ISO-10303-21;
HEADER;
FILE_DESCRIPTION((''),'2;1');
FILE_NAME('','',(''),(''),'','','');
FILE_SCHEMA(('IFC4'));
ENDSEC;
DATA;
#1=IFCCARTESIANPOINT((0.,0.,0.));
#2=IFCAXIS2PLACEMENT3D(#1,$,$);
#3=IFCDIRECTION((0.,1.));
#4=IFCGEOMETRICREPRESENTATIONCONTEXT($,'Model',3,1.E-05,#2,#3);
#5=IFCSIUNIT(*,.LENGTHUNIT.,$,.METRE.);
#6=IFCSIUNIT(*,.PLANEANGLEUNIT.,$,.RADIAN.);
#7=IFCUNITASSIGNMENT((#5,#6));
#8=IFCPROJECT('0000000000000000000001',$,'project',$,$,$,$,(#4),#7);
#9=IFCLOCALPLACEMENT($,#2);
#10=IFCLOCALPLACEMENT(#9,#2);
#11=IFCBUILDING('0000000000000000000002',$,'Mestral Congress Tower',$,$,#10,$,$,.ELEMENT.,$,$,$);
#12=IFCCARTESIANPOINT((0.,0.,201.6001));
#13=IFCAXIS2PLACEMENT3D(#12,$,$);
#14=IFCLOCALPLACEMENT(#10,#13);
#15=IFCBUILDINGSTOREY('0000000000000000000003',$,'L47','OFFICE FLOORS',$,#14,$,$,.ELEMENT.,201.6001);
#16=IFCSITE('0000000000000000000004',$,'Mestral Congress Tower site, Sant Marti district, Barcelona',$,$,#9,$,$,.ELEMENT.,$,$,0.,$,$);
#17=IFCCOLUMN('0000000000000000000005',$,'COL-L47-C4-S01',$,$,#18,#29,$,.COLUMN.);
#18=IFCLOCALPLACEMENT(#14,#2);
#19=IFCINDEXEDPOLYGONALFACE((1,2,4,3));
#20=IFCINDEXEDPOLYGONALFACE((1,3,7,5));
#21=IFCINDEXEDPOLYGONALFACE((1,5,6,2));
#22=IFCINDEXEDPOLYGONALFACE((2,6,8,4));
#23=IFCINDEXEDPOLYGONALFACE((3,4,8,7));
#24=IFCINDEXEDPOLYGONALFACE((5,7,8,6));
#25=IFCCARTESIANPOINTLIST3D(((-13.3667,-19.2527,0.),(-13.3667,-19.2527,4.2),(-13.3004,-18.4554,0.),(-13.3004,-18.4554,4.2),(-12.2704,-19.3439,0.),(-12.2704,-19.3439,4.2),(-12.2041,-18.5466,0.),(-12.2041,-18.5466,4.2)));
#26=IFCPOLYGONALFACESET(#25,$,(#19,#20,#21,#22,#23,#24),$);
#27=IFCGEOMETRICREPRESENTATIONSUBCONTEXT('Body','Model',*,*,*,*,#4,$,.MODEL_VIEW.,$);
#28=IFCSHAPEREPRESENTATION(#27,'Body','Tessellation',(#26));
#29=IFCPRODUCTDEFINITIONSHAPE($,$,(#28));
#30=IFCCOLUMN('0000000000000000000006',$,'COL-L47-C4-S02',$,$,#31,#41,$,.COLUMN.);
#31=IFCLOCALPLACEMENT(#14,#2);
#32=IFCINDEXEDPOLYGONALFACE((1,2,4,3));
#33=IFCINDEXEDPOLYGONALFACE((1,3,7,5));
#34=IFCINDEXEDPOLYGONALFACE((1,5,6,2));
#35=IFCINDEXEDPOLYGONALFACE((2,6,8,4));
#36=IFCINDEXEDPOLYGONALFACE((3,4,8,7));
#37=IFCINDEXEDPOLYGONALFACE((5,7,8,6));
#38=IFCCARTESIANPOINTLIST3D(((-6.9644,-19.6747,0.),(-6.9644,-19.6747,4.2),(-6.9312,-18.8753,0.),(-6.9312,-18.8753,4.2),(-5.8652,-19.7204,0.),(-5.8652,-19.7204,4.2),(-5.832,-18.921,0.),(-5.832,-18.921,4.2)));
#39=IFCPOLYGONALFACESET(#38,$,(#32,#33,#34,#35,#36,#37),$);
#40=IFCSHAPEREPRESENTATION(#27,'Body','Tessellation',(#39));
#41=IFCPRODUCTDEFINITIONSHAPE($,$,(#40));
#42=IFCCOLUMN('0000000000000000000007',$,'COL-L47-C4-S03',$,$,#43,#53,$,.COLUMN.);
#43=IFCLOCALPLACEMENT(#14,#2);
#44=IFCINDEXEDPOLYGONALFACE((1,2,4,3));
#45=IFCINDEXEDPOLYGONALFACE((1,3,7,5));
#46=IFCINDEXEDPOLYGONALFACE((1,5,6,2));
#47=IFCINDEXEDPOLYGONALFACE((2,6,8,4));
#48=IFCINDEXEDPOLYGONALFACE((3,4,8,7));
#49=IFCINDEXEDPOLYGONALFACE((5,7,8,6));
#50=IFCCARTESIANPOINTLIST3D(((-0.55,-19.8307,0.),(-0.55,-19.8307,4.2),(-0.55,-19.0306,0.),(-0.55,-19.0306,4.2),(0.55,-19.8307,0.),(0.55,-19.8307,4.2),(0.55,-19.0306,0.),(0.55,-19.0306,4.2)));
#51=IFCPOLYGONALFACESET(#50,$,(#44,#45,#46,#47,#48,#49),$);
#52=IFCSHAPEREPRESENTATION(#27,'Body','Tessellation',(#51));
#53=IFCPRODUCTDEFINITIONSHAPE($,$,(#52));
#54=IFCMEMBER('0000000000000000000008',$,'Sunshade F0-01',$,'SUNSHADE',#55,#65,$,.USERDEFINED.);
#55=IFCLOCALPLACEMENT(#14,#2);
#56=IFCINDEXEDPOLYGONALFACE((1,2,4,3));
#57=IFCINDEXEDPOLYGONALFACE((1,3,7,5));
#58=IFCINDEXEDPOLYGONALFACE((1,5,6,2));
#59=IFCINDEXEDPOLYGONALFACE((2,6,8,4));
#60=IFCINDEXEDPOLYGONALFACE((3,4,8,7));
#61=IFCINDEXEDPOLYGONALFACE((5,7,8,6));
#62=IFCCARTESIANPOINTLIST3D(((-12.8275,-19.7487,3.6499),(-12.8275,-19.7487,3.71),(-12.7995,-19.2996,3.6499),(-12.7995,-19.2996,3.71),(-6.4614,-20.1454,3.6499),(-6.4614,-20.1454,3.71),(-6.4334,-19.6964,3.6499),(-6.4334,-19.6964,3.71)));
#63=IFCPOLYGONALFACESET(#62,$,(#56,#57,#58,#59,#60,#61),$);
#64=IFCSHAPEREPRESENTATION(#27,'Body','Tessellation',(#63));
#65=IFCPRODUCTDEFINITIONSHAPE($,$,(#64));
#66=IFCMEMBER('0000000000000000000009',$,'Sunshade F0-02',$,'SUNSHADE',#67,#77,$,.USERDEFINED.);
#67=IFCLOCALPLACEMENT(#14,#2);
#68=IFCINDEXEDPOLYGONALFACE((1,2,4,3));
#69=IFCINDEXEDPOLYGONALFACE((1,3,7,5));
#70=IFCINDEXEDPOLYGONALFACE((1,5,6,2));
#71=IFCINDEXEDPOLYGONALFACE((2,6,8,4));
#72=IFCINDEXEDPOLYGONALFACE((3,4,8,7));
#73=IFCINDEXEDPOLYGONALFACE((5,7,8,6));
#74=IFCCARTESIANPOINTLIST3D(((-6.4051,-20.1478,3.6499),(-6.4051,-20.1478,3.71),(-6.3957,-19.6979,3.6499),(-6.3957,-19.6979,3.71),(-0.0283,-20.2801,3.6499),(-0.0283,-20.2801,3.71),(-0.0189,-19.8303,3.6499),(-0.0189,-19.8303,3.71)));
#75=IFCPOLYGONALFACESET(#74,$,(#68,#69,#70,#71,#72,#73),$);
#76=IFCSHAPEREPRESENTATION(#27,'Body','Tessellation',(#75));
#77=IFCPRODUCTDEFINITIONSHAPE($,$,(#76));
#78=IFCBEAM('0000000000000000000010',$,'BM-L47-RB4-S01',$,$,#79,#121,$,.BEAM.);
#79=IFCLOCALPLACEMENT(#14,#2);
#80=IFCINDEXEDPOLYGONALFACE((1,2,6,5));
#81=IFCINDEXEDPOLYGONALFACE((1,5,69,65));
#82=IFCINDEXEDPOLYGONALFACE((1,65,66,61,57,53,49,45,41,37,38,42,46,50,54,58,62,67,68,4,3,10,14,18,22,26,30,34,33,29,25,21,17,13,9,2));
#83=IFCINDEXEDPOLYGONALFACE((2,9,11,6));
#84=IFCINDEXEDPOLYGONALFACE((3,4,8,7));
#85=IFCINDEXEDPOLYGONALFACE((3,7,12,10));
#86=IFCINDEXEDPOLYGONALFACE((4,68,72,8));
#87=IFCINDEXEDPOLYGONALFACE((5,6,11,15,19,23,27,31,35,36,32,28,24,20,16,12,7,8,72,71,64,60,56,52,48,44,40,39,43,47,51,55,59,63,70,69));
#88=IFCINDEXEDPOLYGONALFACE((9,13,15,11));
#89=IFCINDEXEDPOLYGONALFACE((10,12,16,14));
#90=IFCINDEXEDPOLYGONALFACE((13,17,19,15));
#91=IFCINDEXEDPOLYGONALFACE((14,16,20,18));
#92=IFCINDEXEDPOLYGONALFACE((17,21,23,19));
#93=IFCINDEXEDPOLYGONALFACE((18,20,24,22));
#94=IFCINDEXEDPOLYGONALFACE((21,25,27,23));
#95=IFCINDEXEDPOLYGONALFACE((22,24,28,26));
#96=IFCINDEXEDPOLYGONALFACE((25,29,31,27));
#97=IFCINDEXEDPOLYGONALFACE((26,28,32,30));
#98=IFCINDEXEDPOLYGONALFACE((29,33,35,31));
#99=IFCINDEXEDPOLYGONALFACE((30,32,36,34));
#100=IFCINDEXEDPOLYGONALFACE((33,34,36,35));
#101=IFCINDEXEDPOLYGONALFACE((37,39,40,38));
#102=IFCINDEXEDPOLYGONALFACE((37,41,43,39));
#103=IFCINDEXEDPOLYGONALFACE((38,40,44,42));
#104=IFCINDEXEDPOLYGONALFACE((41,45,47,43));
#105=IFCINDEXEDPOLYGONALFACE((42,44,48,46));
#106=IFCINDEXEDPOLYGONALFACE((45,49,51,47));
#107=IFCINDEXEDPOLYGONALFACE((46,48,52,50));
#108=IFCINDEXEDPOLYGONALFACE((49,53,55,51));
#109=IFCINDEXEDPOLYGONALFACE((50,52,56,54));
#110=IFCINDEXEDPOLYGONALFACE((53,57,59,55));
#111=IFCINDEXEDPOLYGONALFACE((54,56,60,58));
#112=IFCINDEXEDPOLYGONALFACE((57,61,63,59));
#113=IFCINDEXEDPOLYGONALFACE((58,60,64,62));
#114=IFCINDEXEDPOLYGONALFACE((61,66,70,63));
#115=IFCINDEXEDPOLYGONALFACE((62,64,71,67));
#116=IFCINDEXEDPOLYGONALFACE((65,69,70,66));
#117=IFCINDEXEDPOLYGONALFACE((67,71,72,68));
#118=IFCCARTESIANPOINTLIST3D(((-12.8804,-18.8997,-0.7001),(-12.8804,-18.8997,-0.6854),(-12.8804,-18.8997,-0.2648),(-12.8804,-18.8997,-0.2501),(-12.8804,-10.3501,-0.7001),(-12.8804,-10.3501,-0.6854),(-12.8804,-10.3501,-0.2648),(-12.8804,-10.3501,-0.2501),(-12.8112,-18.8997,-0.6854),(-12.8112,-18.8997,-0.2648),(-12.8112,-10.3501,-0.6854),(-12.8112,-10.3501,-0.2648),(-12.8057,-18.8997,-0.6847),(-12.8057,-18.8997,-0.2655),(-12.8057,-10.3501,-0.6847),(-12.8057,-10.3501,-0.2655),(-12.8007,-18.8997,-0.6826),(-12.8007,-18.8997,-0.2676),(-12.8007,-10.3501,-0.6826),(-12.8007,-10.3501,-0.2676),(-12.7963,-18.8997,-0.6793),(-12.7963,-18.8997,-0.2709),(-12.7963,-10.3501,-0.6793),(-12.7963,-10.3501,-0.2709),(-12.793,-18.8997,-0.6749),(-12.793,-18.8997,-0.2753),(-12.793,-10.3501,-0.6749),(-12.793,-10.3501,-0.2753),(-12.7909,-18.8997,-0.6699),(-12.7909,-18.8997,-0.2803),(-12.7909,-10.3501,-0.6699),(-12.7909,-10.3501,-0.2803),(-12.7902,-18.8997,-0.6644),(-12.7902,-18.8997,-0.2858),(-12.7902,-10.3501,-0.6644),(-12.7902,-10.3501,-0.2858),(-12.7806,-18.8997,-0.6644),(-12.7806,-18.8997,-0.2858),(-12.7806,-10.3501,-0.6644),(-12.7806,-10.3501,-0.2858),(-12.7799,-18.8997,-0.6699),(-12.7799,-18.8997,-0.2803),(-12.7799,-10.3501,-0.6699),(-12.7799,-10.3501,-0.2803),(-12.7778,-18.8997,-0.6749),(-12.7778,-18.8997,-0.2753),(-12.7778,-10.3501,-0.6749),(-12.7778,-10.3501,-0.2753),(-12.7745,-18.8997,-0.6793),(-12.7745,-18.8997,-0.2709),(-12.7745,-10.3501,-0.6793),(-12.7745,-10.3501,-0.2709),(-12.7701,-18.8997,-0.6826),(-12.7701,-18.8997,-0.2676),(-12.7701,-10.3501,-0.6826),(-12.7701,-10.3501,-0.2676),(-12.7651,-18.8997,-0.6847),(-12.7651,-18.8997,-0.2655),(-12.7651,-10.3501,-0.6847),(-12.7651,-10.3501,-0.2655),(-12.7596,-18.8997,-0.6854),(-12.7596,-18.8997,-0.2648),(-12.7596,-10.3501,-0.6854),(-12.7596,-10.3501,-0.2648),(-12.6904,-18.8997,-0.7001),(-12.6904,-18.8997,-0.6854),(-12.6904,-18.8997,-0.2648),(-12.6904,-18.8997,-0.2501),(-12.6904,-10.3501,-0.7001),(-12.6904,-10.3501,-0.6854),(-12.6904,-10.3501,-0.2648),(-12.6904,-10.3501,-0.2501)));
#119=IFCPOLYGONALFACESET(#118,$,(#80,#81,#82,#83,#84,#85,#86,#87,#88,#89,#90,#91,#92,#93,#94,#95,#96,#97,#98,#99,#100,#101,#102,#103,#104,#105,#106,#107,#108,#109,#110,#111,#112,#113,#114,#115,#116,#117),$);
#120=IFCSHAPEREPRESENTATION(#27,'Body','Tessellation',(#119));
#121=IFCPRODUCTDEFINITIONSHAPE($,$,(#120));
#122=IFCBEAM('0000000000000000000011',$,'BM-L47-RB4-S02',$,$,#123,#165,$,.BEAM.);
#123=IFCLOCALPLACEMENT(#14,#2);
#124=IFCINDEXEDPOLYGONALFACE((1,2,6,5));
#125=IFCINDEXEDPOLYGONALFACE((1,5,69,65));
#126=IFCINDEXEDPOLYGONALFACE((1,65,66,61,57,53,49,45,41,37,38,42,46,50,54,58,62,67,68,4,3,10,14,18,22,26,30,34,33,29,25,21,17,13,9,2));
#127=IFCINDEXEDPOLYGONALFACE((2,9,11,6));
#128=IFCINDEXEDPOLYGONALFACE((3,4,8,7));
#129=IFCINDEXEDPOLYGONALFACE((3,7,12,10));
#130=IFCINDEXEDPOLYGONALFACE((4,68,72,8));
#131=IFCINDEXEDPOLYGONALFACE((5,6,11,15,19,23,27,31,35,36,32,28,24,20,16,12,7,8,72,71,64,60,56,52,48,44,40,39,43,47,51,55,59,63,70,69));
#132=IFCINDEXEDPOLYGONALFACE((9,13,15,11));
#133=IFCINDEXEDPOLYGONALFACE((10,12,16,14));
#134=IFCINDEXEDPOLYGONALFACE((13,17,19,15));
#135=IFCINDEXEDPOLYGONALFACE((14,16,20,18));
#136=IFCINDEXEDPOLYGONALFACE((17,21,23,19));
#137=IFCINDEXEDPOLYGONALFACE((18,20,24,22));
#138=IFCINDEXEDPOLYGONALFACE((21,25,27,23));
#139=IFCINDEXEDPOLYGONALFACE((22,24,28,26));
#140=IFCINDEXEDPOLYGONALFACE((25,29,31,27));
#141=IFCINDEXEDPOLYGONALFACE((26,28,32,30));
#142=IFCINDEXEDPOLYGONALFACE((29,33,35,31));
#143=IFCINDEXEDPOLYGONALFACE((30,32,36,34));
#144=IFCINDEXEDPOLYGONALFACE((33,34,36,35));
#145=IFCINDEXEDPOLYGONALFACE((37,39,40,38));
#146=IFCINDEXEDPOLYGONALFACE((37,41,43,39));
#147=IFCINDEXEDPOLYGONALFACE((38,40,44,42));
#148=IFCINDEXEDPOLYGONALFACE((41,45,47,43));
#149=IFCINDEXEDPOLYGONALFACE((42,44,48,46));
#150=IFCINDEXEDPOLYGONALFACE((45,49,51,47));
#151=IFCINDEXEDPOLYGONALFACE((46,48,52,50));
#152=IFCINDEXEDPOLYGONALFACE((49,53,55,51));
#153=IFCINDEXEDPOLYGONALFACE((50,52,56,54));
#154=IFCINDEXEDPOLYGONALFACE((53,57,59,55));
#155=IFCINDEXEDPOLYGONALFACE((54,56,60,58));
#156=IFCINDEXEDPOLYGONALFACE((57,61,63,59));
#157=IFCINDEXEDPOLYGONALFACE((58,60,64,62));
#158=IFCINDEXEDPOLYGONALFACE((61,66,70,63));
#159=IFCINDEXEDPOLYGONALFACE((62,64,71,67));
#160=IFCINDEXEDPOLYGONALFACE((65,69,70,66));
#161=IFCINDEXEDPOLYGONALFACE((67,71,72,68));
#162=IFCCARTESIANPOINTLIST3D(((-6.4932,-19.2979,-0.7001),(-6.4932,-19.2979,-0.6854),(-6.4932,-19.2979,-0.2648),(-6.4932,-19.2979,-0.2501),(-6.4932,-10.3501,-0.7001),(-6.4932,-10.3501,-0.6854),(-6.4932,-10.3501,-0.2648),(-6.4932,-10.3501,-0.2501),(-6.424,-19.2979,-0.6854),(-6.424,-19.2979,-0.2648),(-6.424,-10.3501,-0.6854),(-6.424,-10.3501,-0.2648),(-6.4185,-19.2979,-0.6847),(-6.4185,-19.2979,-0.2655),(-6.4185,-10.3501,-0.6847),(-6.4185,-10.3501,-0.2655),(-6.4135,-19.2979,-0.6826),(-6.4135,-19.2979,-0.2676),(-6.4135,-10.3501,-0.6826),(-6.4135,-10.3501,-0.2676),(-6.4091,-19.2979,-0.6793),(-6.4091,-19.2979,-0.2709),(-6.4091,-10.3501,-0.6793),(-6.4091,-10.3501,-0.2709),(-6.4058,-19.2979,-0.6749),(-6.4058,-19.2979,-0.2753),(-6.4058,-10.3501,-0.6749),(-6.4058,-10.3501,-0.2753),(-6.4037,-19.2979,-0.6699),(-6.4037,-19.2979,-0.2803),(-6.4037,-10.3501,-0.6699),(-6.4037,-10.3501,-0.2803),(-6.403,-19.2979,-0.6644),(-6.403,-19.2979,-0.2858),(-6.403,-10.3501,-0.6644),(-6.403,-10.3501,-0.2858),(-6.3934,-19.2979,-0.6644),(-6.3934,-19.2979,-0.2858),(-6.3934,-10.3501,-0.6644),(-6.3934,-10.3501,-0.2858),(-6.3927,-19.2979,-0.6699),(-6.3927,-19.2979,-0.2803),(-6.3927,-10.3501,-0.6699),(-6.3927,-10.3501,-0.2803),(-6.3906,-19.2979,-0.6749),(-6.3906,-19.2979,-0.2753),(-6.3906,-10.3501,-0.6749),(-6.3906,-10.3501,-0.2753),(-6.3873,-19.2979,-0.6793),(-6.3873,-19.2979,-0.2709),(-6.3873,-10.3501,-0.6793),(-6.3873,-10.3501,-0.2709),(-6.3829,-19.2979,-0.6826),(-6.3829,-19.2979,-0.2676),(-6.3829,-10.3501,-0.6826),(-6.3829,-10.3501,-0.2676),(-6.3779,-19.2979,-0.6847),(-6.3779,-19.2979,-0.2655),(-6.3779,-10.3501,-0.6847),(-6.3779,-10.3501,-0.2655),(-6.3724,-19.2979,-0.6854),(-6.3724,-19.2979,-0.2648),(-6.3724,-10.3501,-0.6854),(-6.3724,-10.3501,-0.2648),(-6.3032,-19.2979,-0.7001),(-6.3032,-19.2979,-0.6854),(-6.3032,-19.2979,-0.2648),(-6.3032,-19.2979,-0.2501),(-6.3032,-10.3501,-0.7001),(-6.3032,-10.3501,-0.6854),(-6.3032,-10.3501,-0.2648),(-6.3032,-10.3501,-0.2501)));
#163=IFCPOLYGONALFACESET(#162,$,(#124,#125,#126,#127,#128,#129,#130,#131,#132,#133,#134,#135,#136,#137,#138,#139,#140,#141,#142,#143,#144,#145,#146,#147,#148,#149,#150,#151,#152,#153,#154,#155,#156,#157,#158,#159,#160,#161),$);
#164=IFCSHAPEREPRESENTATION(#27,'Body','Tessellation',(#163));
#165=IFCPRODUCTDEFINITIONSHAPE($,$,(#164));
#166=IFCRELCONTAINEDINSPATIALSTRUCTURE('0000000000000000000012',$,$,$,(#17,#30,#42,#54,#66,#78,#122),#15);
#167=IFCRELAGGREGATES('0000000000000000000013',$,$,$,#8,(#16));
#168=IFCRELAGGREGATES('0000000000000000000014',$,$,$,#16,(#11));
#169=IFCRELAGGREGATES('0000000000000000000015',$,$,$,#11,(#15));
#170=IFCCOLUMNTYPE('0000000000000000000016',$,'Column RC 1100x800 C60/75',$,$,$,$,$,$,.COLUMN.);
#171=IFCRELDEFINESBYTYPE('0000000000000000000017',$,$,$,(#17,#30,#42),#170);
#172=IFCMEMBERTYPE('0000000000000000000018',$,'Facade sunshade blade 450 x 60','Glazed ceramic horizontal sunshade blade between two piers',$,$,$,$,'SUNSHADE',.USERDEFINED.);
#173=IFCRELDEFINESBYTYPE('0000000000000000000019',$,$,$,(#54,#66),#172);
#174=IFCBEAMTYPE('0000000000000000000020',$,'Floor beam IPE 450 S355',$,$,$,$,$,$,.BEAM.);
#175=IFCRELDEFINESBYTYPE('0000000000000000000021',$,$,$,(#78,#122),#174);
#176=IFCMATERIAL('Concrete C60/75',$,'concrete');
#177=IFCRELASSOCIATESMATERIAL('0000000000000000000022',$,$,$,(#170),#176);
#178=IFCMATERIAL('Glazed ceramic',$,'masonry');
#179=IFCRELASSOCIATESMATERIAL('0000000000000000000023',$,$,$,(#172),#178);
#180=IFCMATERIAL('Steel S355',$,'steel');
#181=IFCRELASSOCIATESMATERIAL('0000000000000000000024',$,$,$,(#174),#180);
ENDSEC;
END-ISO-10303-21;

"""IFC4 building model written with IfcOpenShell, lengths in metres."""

from ifc_helpers import new_model, si_unit, direction, frame, origin, origin_2d, place, context, subcontext, project, spatial, rectangle, i_section, extrude, material, material_profile, profile_set, type_object, element, save


model = new_model("IFC4")

# Units and contexts
model_context = context("Model", 3, precision=1e-05, world=origin(), true_north=direction((0.0, 1.0)))
body_context = subcontext(model_context, "Body", "Model", "MODEL_VIEW")
ifc_project = project(units=[si_unit("LENGTHUNIT", "METRE"), si_unit("PLANEANGLEUNIT", "RADIAN")], contexts=[model_context])

# Site, building, storey
site_placement = place(None, origin())
site = spatial("IfcSite", under=ifc_project, at=site_placement, Name="Mestral Congress Tower site, Sant Marti district, Barcelona", CompositionType="ELEMENT", RefElevation=0.0)
building_placement = place(site_placement, origin())
building = spatial("IfcBuilding", under=site, at=building_placement, Name="Mestral Congress Tower", CompositionType="ELEMENT")
storey_placement = place(building_placement, frame((0.0, 0.0, 201.6001)))
storey = spatial("IfcBuildingStorey", under=building, at=storey_placement, Name="L47", Description="OFFICE FLOORS", CompositionType="ELEMENT", Elevation=201.6001)

# Columns
ifc_material_1 = material(Name="Concrete C60/75", Category="concrete")
ifc_material_profile_1 = material_profile(ifc_material_1, rectangle(XDim=1.1001, YDim=0.8, at=origin_2d()), Name="RC 1100x800")
ifc_profile_set_1 = profile_set([ifc_material_profile_1], Name="Concrete C60/75")
column_type = type_object("IfcColumnType", Name="Column RC 1100x800 C60/75", PredefinedType="COLUMN", material=ifc_profile_set_1)
for number, where, z_axis, x_axis, name in (
    (1, (-12.7854, -18.8997, 0.0), (0.0, 0.0, 1.0), (0.996557, -0.082914, 0.0), "COL-L47-C4-S01"),
    (2, (-6.3982, -19.2979, 0.0), (0.0, 0.0, 1.0), (0.999139, -0.041492, 0.0), "COL-L47-C4-S02"),
    (3, (0.0, -19.4307, 0.0), (0.0, 0.0, 1.0), (1.0, 0.0, 0.0), "COL-L47-C4-S03"),
):
    element("IfcColumn", number, at=place(storey_placement, frame(where, z_axis=z_axis, x_axis=x_axis)), inside=storey, type_object=column_type, Name=name, PredefinedType="COLUMN", context=body_context, shape_type="SweptSolid", body=[
        extrude(rectangle(XDim=1.1001, YDim=0.8, at=origin_2d()), origin(), (0.0, 0.0, 1.0), 4.2),
    ])

# Members
ifc_material_2 = material(Name="Glazed ceramic", Category="masonry")
ifc_material_profile_2 = material_profile(ifc_material_2, rectangle(XDim=0.45, YDim=0.0601, at=origin_2d()), Name="Ceramic blade 450 x 60")
ifc_profile_set_2 = profile_set([ifc_material_profile_2], Name="Glazed ceramic")
member_type = type_object("IfcMemberType", Name="Facade sunshade blade 450 x 60", Description="Glazed ceramic horizontal sunshade blade between two piers", ElementType="SUNSHADE", PredefinedType="USERDEFINED", material=ifc_profile_set_2)
member_1_placement = place(storey_placement, frame((-12.8135, -19.5242, 3.6799), z_axis=(0.998064, -0.0622, 0.0), x_axis=(0.0622, 0.998064, 0.0)))
element("IfcMember", 4, at=member_1_placement, inside=storey, type_object=member_type, Name="Sunshade F0-01", ObjectType="SUNSHADE", PredefinedType="USERDEFINED", context=body_context, shape_type="SweptSolid", body=[
    extrude(rectangle(XDim=0.45, YDim=0.0601, at=origin_2d()), origin(), (0.0, 0.0, 1.0), 6.3784),
])
member_2_placement = place(storey_placement, frame((-6.4004, -19.9229, 3.6799), z_axis=(0.999785, -0.020747, 0.0), x_axis=(0.020747, 0.999785, 0.0)))
element("IfcMember", 5, at=member_2_placement, inside=storey, type_object=member_type, Name="Sunshade F0-02", ObjectType="SUNSHADE", PredefinedType="USERDEFINED", context=body_context, shape_type="SweptSolid", body=[
    extrude(rectangle(XDim=0.45, YDim=0.0601, at=origin_2d()), origin(), (0.0, 0.0, 1.0), 6.3782),
])

# Beams
ifc_material_3 = material(Name="Steel S355", Category="steel")
ifc_material_profile_3 = material_profile(ifc_material_3, i_section(OverallWidth=0.1899, OverallDepth=0.45, WebThickness=0.0095, FlangeThickness=0.0146, FilletRadius=0.021, at=origin_2d()), Name="IPE 450")
ifc_profile_set_3 = profile_set([ifc_material_profile_3], Name="Steel S355")
beam_type = type_object("IfcBeamType", Name="Floor beam IPE 450 S355", PredefinedType="BEAM", material=ifc_profile_set_3)
beam_1_placement = place(storey_placement, frame((-12.7854, -18.8997, -0.4751), z_axis=(0.0, 1.0, 0.0), x_axis=(-1.0, 0.0, 0.0)))
element("IfcBeam", 6, at=beam_1_placement, inside=storey, type_object=beam_type, Name="BM-L47-RB4-S01", PredefinedType="BEAM", context=body_context, shape_type="SweptSolid", body=[
    extrude(i_section(OverallWidth=0.1899, OverallDepth=0.45, WebThickness=0.0095, FlangeThickness=0.0146, FilletRadius=0.021, at=origin_2d()), origin(), (0.0, 0.0, 1.0), 8.5496),
])
beam_2_placement = place(storey_placement, frame((-6.3982, -19.2979, -0.4751), z_axis=(0.0, 1.0, 0.0), x_axis=(-1.0, 0.0, 0.0)))
element("IfcBeam", 7, at=beam_2_placement, inside=storey, type_object=beam_type, Name="BM-L47-RB4-S02", PredefinedType="BEAM", context=body_context, shape_type="SweptSolid", body=[
    extrude(i_section(OverallWidth=0.1899, OverallDepth=0.45, WebThickness=0.0095, FlangeThickness=0.0146, FilletRadius=0.021, at=origin_2d()), origin(), (0.0, 0.0, 1.0), 8.9478),
])

save(model, "model.ifc")
